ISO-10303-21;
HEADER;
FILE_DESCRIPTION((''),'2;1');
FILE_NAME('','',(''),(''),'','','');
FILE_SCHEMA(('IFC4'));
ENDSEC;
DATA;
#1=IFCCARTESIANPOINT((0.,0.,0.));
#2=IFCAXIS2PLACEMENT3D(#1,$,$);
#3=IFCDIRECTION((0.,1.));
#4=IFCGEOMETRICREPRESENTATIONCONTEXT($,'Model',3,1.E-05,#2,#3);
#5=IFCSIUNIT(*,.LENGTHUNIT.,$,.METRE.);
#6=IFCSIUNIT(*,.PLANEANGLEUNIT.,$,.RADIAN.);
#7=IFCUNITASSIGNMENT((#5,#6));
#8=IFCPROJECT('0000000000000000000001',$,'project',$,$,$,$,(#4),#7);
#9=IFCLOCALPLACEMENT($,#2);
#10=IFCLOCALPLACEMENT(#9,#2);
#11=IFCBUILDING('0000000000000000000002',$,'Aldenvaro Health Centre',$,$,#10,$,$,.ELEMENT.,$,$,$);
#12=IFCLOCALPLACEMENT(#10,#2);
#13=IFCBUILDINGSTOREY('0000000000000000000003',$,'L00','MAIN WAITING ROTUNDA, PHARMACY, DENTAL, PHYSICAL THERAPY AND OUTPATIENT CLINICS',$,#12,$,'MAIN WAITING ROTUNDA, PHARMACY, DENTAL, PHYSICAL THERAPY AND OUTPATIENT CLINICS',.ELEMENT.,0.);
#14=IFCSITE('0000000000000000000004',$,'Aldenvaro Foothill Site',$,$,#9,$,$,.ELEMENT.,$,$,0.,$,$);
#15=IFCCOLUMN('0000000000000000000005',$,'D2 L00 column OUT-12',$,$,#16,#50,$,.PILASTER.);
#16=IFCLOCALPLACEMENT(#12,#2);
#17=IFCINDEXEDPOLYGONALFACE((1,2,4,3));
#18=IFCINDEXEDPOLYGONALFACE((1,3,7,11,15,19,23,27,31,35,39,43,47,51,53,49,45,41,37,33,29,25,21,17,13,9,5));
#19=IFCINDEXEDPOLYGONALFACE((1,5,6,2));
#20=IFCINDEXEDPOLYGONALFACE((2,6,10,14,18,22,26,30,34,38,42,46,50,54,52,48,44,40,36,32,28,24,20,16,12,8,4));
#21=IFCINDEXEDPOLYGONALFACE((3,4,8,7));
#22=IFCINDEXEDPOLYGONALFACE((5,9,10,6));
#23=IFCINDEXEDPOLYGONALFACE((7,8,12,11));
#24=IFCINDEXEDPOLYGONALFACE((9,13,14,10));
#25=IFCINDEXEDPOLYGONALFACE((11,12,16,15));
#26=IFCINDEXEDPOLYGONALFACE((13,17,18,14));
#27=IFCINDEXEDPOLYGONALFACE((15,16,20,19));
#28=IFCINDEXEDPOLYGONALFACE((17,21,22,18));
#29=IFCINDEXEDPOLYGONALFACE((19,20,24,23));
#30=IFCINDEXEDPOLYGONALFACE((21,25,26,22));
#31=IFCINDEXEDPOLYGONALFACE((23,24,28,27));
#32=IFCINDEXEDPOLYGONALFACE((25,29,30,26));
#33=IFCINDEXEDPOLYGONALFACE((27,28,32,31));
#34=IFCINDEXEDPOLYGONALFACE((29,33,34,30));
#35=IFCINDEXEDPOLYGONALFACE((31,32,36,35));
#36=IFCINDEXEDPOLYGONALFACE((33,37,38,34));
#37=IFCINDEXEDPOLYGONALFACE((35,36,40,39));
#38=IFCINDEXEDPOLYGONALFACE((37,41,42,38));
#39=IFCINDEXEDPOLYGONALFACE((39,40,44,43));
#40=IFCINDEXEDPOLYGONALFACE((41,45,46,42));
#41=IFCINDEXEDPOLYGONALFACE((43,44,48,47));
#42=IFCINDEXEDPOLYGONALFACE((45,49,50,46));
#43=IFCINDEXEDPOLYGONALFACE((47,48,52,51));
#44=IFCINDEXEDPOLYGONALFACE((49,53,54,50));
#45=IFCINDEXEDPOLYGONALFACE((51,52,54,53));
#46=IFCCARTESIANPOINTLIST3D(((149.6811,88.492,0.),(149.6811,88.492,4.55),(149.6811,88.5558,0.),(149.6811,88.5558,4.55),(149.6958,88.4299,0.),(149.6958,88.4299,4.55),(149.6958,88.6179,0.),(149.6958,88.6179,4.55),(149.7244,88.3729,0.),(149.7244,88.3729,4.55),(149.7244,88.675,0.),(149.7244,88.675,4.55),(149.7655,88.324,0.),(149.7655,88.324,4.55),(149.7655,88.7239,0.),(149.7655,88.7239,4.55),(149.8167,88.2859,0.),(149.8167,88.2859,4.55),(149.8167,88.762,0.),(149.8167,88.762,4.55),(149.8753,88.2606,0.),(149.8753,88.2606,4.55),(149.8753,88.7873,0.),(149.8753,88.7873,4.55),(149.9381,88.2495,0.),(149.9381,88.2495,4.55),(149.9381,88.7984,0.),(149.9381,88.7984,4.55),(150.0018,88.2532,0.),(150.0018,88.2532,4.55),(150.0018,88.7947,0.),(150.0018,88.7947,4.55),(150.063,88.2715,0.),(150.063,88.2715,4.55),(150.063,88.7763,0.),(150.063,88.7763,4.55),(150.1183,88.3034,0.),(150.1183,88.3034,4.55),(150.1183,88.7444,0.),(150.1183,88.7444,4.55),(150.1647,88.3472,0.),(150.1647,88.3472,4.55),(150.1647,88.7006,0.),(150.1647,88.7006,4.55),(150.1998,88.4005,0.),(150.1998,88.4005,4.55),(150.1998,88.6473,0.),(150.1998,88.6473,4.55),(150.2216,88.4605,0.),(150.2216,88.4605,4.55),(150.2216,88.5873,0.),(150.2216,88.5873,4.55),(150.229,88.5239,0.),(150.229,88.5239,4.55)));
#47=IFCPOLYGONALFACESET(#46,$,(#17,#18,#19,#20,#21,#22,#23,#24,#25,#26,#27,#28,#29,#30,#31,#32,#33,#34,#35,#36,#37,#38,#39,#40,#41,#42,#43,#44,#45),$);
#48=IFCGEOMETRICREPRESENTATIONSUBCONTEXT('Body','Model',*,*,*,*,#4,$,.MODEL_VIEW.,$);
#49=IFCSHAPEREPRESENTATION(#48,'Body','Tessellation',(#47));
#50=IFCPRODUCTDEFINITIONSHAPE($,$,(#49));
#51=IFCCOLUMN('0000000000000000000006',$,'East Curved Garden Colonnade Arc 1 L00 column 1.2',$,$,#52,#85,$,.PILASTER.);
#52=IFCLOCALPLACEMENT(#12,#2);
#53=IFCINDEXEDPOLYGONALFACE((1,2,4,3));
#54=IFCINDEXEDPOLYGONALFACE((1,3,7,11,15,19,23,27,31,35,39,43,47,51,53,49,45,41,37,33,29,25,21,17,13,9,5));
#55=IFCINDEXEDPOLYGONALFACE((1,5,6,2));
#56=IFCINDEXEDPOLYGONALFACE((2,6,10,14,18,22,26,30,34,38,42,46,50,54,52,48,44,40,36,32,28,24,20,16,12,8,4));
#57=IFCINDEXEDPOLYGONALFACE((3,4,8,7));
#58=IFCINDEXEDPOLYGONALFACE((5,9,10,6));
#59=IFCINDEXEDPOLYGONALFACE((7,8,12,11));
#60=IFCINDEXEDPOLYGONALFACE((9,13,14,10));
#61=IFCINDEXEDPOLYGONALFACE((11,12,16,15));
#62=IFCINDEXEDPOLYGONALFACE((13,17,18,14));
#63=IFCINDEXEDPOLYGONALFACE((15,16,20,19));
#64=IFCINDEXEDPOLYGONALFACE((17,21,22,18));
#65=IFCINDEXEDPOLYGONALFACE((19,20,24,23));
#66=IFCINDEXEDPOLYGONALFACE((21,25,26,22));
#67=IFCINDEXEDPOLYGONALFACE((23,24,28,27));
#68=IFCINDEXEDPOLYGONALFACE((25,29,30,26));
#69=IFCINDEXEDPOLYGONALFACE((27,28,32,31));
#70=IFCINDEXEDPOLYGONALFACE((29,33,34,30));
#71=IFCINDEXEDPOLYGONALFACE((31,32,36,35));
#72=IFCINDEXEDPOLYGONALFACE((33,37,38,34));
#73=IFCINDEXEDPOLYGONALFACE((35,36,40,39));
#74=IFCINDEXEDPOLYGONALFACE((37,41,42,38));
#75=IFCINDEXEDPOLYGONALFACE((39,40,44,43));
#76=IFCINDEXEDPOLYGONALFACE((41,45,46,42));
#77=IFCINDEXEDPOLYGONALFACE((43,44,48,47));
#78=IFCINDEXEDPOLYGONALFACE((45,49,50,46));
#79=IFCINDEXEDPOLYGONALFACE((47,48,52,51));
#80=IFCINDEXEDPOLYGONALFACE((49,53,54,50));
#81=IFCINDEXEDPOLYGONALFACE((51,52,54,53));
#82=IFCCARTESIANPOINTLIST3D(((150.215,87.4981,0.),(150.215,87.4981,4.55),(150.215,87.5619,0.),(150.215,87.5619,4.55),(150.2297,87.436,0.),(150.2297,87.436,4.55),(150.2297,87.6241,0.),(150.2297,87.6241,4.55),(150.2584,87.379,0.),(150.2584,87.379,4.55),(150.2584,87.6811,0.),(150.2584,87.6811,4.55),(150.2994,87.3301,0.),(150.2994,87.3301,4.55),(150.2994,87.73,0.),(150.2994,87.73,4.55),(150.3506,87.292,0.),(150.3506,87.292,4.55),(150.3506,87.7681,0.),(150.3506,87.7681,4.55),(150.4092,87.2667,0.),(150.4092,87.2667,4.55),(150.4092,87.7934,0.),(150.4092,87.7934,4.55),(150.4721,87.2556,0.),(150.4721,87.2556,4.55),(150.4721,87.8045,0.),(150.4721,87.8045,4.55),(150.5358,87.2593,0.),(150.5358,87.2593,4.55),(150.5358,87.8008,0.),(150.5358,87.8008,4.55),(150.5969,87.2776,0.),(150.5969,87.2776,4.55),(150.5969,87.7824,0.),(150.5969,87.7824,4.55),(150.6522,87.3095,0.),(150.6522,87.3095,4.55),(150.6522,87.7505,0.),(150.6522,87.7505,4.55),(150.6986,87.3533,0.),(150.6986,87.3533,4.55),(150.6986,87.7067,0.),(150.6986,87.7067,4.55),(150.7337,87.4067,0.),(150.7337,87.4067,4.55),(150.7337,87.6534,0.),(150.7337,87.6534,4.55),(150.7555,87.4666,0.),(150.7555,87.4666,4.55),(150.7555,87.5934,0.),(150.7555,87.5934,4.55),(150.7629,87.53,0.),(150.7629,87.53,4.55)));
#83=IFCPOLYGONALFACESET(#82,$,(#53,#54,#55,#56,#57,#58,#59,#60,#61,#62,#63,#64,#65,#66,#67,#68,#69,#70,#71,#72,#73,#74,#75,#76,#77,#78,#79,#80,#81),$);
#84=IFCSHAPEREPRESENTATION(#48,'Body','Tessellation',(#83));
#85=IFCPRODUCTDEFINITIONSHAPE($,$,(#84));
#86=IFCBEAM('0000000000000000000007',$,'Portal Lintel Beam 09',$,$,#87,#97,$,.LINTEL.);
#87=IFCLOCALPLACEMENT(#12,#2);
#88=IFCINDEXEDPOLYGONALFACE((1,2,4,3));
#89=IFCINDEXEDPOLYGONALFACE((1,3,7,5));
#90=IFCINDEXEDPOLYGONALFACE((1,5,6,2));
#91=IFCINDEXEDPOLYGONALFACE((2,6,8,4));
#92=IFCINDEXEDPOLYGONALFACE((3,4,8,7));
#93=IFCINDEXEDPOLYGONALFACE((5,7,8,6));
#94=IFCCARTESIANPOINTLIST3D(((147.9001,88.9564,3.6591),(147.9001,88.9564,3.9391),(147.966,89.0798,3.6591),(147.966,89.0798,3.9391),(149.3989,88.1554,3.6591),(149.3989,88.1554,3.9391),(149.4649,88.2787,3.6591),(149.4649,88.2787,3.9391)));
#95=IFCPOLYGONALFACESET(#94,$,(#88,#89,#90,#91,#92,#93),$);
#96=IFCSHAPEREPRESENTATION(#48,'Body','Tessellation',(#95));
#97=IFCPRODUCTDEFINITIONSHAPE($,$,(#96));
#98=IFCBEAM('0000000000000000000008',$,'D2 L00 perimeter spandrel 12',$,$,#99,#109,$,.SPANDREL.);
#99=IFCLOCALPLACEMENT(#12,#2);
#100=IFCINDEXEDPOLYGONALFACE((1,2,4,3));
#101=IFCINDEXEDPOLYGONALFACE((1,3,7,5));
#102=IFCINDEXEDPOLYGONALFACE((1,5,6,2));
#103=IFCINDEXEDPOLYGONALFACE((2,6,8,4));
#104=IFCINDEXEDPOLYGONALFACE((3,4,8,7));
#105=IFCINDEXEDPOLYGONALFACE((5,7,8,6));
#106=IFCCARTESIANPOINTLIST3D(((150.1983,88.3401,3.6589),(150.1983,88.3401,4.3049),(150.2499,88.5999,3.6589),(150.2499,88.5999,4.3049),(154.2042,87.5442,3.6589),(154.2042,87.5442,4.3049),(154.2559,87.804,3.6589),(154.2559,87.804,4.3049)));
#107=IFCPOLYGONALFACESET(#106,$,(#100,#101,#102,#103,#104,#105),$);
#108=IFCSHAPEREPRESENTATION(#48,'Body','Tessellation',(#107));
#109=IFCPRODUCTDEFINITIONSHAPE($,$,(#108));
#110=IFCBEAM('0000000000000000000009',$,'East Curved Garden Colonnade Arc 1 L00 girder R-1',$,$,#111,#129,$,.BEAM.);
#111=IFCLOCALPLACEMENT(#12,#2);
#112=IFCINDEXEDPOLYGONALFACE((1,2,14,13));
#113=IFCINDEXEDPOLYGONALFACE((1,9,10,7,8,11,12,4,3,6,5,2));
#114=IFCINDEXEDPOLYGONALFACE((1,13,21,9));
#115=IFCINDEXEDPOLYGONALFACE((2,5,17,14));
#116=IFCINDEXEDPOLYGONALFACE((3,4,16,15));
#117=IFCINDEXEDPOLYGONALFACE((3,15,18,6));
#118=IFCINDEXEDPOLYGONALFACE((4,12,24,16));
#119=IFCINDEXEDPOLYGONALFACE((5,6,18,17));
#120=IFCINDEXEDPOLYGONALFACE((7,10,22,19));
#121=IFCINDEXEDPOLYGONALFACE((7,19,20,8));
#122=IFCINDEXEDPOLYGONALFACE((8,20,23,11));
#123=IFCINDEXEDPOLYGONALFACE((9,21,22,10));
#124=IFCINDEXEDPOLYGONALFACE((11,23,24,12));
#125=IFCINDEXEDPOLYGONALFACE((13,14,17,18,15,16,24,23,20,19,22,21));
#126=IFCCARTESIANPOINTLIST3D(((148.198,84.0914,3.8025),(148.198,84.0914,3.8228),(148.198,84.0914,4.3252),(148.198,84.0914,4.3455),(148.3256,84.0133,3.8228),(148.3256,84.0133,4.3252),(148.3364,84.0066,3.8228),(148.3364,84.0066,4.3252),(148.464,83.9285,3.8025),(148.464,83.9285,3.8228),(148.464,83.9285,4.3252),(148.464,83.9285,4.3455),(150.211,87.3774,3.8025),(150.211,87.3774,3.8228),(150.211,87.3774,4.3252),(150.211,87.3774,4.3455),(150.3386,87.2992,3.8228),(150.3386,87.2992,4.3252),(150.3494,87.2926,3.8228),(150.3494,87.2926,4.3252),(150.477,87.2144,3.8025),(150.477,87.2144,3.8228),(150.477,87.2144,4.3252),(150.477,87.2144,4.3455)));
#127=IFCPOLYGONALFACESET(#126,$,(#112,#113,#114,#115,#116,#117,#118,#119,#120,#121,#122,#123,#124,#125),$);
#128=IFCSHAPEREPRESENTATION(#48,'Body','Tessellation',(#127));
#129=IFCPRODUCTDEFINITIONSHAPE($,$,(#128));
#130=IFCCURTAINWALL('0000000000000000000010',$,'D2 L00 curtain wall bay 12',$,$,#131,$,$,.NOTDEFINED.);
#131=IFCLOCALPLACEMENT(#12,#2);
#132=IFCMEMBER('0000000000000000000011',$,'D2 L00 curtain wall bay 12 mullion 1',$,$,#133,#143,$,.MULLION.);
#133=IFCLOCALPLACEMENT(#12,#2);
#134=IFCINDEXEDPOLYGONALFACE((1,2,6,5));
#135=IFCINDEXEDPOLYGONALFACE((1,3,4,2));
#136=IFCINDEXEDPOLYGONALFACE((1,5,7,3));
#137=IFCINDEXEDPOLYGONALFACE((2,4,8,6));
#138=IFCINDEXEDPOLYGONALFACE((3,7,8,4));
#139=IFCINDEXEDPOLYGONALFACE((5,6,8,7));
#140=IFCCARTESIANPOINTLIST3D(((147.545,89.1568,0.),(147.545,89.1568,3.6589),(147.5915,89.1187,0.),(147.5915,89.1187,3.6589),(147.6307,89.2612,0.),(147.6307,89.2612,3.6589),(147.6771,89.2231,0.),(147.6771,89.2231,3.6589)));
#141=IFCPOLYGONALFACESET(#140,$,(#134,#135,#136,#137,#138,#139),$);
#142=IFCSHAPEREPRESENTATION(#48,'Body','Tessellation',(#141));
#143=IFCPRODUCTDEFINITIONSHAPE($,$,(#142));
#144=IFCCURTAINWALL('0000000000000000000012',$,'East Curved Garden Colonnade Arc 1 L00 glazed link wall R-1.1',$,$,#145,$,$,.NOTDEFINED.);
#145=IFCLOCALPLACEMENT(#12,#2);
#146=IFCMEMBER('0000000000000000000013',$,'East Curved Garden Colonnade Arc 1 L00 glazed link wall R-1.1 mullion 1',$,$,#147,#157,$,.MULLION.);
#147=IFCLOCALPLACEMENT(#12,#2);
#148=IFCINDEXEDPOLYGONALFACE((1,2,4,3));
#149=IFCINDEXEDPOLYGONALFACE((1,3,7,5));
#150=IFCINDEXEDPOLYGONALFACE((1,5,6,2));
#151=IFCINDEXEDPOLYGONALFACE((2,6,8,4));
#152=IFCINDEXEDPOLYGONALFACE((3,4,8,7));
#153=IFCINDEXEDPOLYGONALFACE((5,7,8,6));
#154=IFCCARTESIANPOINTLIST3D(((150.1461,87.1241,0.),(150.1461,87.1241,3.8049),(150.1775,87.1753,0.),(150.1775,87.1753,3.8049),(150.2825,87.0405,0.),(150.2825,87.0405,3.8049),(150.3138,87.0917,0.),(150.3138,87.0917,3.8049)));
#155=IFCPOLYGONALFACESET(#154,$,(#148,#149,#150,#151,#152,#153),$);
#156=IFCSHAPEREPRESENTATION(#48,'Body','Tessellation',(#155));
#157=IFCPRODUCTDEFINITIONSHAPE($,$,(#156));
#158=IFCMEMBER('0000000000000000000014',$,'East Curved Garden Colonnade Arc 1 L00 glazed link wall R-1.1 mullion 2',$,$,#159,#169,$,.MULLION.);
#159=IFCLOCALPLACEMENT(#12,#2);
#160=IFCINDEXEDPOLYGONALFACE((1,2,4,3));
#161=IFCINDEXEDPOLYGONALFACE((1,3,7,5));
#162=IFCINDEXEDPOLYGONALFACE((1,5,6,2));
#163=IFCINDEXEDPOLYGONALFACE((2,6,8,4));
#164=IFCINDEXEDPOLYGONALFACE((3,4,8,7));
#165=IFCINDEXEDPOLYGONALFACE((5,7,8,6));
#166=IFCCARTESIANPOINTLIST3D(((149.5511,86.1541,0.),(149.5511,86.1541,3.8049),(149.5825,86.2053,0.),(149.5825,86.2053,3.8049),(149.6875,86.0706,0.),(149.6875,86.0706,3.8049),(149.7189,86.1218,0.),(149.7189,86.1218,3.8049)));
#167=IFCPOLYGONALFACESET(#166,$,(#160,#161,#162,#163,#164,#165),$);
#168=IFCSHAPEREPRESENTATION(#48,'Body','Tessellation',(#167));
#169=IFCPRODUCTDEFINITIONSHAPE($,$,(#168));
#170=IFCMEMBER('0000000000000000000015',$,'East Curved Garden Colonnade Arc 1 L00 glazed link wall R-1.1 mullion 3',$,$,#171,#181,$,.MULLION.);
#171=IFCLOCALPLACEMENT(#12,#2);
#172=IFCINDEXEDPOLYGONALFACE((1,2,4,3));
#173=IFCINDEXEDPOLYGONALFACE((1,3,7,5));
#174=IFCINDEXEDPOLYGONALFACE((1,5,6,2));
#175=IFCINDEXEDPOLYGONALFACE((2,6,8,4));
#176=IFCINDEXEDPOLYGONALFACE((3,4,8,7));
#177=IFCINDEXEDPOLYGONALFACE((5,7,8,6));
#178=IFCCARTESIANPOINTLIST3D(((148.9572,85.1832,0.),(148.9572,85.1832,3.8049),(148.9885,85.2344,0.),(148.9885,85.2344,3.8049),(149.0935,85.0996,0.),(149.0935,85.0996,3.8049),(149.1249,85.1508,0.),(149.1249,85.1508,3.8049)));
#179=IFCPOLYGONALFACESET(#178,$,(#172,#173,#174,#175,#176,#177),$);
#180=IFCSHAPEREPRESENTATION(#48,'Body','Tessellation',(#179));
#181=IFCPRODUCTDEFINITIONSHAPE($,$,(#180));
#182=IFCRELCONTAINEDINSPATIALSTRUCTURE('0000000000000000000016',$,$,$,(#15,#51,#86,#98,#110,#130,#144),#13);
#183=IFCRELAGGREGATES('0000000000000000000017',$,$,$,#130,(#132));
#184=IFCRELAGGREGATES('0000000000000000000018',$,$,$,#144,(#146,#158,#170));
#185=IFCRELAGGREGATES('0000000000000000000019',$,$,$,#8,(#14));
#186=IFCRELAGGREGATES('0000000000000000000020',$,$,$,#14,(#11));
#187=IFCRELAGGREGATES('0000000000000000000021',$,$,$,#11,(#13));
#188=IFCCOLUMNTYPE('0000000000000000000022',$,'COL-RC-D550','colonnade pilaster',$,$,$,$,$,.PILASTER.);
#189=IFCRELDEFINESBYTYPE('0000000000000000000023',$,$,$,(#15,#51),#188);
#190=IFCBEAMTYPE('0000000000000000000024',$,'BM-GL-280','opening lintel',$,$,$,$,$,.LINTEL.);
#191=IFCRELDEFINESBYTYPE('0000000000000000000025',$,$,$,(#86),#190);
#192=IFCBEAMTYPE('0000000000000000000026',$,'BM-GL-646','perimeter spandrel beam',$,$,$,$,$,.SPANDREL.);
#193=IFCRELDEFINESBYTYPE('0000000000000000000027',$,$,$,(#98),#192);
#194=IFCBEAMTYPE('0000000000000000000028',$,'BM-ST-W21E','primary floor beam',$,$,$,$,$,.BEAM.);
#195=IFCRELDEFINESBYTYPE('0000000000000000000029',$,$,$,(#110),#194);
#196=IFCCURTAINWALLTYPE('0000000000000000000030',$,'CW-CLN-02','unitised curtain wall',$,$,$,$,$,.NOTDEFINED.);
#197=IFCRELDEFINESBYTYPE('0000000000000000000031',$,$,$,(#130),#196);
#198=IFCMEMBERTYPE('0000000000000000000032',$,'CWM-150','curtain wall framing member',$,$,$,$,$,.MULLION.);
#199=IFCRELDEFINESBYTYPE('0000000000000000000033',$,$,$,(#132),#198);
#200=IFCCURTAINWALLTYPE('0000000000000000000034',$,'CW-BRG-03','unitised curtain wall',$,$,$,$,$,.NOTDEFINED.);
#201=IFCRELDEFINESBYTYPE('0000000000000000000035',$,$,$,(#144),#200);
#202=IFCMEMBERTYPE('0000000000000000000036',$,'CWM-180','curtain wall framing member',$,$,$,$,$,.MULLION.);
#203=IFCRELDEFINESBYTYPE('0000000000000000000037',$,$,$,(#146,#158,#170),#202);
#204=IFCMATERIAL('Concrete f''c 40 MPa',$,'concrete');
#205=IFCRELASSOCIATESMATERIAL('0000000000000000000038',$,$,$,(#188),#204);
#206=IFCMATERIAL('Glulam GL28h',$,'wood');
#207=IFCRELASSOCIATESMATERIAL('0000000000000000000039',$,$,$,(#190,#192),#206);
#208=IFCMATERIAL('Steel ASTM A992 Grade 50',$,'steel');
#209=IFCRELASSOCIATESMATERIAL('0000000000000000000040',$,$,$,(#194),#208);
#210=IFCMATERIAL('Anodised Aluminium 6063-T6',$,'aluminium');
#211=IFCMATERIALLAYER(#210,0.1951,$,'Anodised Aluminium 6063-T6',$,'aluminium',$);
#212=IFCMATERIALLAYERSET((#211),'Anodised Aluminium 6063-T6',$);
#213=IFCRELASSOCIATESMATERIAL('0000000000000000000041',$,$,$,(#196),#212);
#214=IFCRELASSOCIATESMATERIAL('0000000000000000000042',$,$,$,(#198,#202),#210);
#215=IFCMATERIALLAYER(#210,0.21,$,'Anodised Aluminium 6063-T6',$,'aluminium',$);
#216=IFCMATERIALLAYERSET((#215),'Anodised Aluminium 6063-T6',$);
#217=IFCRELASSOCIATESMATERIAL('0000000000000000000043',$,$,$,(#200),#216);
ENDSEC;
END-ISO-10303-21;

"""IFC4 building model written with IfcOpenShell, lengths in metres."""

from ifc_helpers import new_model, si_unit, direction, frame, origin, origin_2d, place, context, subcontext, project, spatial, rectangle, circle, i_section, extrude, material, layer, layer_set, material_profile, profile_set, type_object, element, aggregate, save


model = new_model("IFC4")

# Units and contexts
model_context = context("Model", 3, precision=1e-05, world=origin(), true_north=direction((0.0, 1.0)))
body_context = subcontext(model_context, "Body", "Model", "MODEL_VIEW")
ifc_project = project(units=[si_unit("LENGTHUNIT", "METRE"), si_unit("PLANEANGLEUNIT", "RADIAN")], contexts=[model_context])

# Site, building, storey
site_placement = place(None, origin())
site = spatial("IfcSite", under=ifc_project, at=site_placement, Name="Aldenvaro Foothill Site", CompositionType="ELEMENT", RefElevation=0.0)
building_placement = place(site_placement, origin())
building = spatial("IfcBuilding", under=site, at=building_placement, Name="Aldenvaro Health Centre", CompositionType="ELEMENT")
storey_placement = place(building_placement, origin())
storey = spatial("IfcBuildingStorey", under=building, at=storey_placement, Name="L00", Description="MAIN WAITING ROTUNDA, PHARMACY, DENTAL, PHYSICAL THERAPY AND OUTPATIENT CLINICS", LongName="MAIN WAITING ROTUNDA, PHARMACY, DENTAL, PHYSICAL THERAPY AND OUTPATIENT CLINICS", CompositionType="ELEMENT", Elevation=0.0)

# Columns
ifc_material_1 = material(Name="Concrete f'c 40 MPa", Category="concrete")
ifc_material_profile_1 = material_profile(ifc_material_1, circle(Radius=0.2749, at=origin_2d()), Name="RC D550", Category="concrete")
ifc_profile_set_1 = profile_set([ifc_material_profile_1], Name="Concrete f'c 40 MPa")
column_type = type_object("IfcColumnType", Name="COL-RC-D550", Description="colonnade pilaster", PredefinedType="PILASTER", material=ifc_profile_set_1)
for number, where, z_axis, x_axis, name in (
    (1, (149.9541, 88.5239, 0.0), (0.0, 0.0, 1.0), (1.0, 0.0, 0.0), "D2 L00 column OUT-12"),
    (2, (150.488, 87.53, 0.0), (0.0, 0.0, 1.0), (1.0, 0.0, 0.0), "East Curved Garden Colonnade Arc 1 L00 column 1.2"),
):
    element("IfcColumn", number, at=place(storey_placement, frame(where, z_axis=z_axis, x_axis=x_axis)), inside=storey, type_object=column_type, Name=name, PredefinedType="PILASTER", context=body_context, shape_type="SweptSolid", body=[
        extrude(circle(Radius=0.2749, at=origin_2d()), origin(), (0.0, 0.0, 1.0), 4.55),
    ])

# Beams
ifc_material_2 = material(Name="Glulam GL28h", Category="wood")
ifc_material_profile_2 = material_profile(ifc_material_2, rectangle(XDim=0.1399, YDim=0.28, at=origin_2d()), Name="GL 140x280", Category="wood")
ifc_profile_set_2 = profile_set([ifc_material_profile_2], Name="Glulam GL28h")
beam_type_1 = type_object("IfcBeamType", Name="BM-GL-280", Description="opening lintel", PredefinedType="LINTEL", material=ifc_profile_set_2)
beam_1_placement = place(storey_placement, frame((149.4319, 88.217, 3.7991), z_axis=(-0.881943, 0.471356, 0.0), x_axis=(-0.471356, -0.881943, 0.0)))
element("IfcBeam", 3, at=beam_1_placement, inside=storey, type_object=beam_type_1, Name="Portal Lintel Beam 09", PredefinedType="LINTEL", context=body_context, shape_type="SweptSolid", body=[
    extrude(rectangle(XDim=0.1399, YDim=0.28, at=origin_2d()), origin(), (0.0, 0.0, 1.0), 1.6995),
])
ifc_material_profile_3 = material_profile(ifc_material_2, rectangle(XDim=0.2649, YDim=0.646, at=origin_2d()), Name="GL 265x646", Category="wood")
ifc_profile_set_3 = profile_set([ifc_material_profile_3], Name="Glulam GL28h")
beam_type_2 = type_object("IfcBeamType", Name="BM-GL-646", Description="perimeter spandrel beam", PredefinedType="SPANDREL", material=ifc_profile_set_3)
beam_2_placement = place(storey_placement, frame((150.2241, 88.47, 3.9819), z_axis=(0.980828, -0.194874, 0.0), x_axis=(0.194874, 0.980828, 0.0)))
element("IfcBeam", 4, at=beam_2_placement, inside=storey, type_object=beam_type_2, Name="D2 L00 perimeter spandrel 12", PredefinedType="SPANDREL", context=body_context, shape_type="SweptSolid", body=[
    extrude(rectangle(XDim=0.2649, YDim=0.646, at=origin_2d()), origin(), (0.0, 0.0, 1.0), 4.0842),
])
ifc_material_3 = material(Name="Steel ASTM A992 Grade 50", Category="steel")
ifc_material_profile_4 = material_profile(ifc_material_3, i_section(OverallWidth=0.312, OverallDepth=0.543, WebThickness=0.0127, FlangeThickness=0.0203, at=origin_2d()), Name="W21X101", Category="steel")
ifc_profile_set_4 = profile_set([ifc_material_profile_4], Name="Steel ASTM A992 Grade 50")
beam_type_3 = type_object("IfcBeamType", Name="BM-ST-W21E", Description="primary floor beam", PredefinedType="BEAM", material=ifc_profile_set_4)
beam_3_placement = place(storey_placement, frame((150.344, 87.2959, 4.074), z_axis=(-0.522375, -0.852716, 0.0), x_axis=(0.852716, -0.522375, 0.0)))
element("IfcBeam", 5, at=beam_3_placement, inside=storey, type_object=beam_type_3, Name="East Curved Garden Colonnade Arc 1 L00 girder R-1", PredefinedType="BEAM", context=body_context, shape_type="SweptSolid", body=[
    extrude(i_section(OverallWidth=0.312, OverallDepth=0.543, WebThickness=0.0127, FlangeThickness=0.0203, at=origin_2d()), origin(), (0.0, 0.0, 1.0), 3.8535),
])

# Curtain wall, member
ifc_material_4 = material(Name="Anodised Aluminium 6063-T6", Category="aluminium")
ifc_layer_1 = layer(ifc_material_4, 0.1951, Name="Anodised Aluminium 6063-T6", Category="aluminium")
ifc_layer_set_1 = layer_set([ifc_layer_1], Name="Anodised Aluminium 6063-T6")
curtain_wall_type_1 = type_object("IfcCurtainWallType", Name="CW-CLN-02", Description="unitised curtain wall", PredefinedType="NOTDEFINED", material=ifc_layer_set_1)
curtain_wall_1_placement = place(storey_placement, origin())
curtain_wall_1 = element("IfcCurtainWall", 6, at=curtain_wall_1_placement, inside=storey, type_object=curtain_wall_type_1, Name="D2 L00 curtain wall bay 12", PredefinedType="NOTDEFINED")
ifc_material_profile_5 = material_profile(ifc_material_4, rectangle(XDim=0.0601, YDim=0.135, at=origin_2d()), Name="ALU 60x135", Category="aluminium")
ifc_profile_set_5 = profile_set([ifc_material_profile_5], Name="Anodised Aluminium 6063-T6")
member_type_1 = type_object("IfcMemberType", Name="CWM-150", Description="curtain wall framing member", PredefinedType="MULLION", material=ifc_profile_set_5)
member_1_placement = place(storey_placement, frame((147.6111, 89.1899, 0.0), z_axis=(0.0, 0.0, 1.0), x_axis=(-0.773022, 0.63438, 0.0)))
member_1 = element("IfcMember", 7, at=member_1_placement, type_object=member_type_1, Name="D2 L00 curtain wall bay 12 mullion 1", PredefinedType="MULLION", context=body_context, shape_type="SweptSolid", body=[
    extrude(rectangle(XDim=0.0601, YDim=0.135, at=origin_2d()), origin(), (0.0, 0.0, 1.0), 3.6589),
])

# Curtain wall, members
ifc_layer_2 = layer(ifc_material_4, 0.21, Name="Anodised Aluminium 6063-T6", Category="aluminium")
ifc_layer_set_2 = layer_set([ifc_layer_2], Name="Anodised Aluminium 6063-T6")
curtain_wall_type_2 = type_object("IfcCurtainWallType", Name="CW-BRG-03", Description="unitised curtain wall", PredefinedType="NOTDEFINED", material=ifc_layer_set_2)
curtain_wall_2_placement = place(storey_placement, origin())
curtain_wall_2 = element("IfcCurtainWall", 8, at=curtain_wall_2_placement, inside=storey, type_object=curtain_wall_type_2, Name="East Curved Garden Colonnade Arc 1 L00 glazed link wall R-1.1", PredefinedType="NOTDEFINED")
ifc_material_profile_6 = material_profile(ifc_material_4, rectangle(XDim=0.0601, YDim=0.1599, at=origin_2d()), Name="ALU 60x160", Category="aluminium")
ifc_profile_set_6 = profile_set([ifc_material_profile_6], Name="Anodised Aluminium 6063-T6")
member_type_2 = type_object("IfcMemberType", Name="CWM-180", Description="curtain wall framing member", PredefinedType="MULLION", material=ifc_profile_set_6)
member_2_placement = place(storey_placement, frame((150.23, 87.1079, 0.0), z_axis=(0.0, 0.0, 1.0), x_axis=(-0.522528, -0.852622, 0.0)))
member_2 = element("IfcMember", 9, at=member_2_placement, type_object=member_type_2, Name="East Curved Garden Colonnade Arc 1 L00 glazed link wall R-1.1 mullion 1", PredefinedType="MULLION", context=body_context, shape_type="SweptSolid", body=[
    extrude(rectangle(XDim=0.0601, YDim=0.1599, at=origin_2d()), origin(), (0.0, 0.0, 1.0), 3.8049),
])
member_3_placement = place(storey_placement, frame((149.635, 86.1379, 0.0), z_axis=(0.0, 0.0, 1.0), x_axis=(-0.522528, -0.852622, 0.0)))
member_3 = element("IfcMember", 10, at=member_3_placement, type_object=member_type_2, Name="East Curved Garden Colonnade Arc 1 L00 glazed link wall R-1.1 mullion 2", PredefinedType="MULLION", context=body_context, shape_type="SweptSolid", body=[
    extrude(rectangle(XDim=0.0601, YDim=0.1599, at=origin_2d()), origin(), (0.0, 0.0, 1.0), 3.8049),
])
member_4_placement = place(storey_placement, frame((149.041, 85.167, 0.0), z_axis=(0.0, 0.0, 1.0), x_axis=(-0.522528, -0.852622, 0.0)))
member_4 = element("IfcMember", 11, at=member_4_placement, type_object=member_type_2, Name="East Curved Garden Colonnade Arc 1 L00 glazed link wall R-1.1 mullion 3", PredefinedType="MULLION", context=body_context, shape_type="SweptSolid", body=[
    extrude(rectangle(XDim=0.0601, YDim=0.1599, at=origin_2d()), origin(), (0.0, 0.0, 1.0), 3.8049),
])

aggregate(curtain_wall_1, [member_1])

aggregate(curtain_wall_2, [member_2, member_3, member_4])

save(model, "model.ifc")
